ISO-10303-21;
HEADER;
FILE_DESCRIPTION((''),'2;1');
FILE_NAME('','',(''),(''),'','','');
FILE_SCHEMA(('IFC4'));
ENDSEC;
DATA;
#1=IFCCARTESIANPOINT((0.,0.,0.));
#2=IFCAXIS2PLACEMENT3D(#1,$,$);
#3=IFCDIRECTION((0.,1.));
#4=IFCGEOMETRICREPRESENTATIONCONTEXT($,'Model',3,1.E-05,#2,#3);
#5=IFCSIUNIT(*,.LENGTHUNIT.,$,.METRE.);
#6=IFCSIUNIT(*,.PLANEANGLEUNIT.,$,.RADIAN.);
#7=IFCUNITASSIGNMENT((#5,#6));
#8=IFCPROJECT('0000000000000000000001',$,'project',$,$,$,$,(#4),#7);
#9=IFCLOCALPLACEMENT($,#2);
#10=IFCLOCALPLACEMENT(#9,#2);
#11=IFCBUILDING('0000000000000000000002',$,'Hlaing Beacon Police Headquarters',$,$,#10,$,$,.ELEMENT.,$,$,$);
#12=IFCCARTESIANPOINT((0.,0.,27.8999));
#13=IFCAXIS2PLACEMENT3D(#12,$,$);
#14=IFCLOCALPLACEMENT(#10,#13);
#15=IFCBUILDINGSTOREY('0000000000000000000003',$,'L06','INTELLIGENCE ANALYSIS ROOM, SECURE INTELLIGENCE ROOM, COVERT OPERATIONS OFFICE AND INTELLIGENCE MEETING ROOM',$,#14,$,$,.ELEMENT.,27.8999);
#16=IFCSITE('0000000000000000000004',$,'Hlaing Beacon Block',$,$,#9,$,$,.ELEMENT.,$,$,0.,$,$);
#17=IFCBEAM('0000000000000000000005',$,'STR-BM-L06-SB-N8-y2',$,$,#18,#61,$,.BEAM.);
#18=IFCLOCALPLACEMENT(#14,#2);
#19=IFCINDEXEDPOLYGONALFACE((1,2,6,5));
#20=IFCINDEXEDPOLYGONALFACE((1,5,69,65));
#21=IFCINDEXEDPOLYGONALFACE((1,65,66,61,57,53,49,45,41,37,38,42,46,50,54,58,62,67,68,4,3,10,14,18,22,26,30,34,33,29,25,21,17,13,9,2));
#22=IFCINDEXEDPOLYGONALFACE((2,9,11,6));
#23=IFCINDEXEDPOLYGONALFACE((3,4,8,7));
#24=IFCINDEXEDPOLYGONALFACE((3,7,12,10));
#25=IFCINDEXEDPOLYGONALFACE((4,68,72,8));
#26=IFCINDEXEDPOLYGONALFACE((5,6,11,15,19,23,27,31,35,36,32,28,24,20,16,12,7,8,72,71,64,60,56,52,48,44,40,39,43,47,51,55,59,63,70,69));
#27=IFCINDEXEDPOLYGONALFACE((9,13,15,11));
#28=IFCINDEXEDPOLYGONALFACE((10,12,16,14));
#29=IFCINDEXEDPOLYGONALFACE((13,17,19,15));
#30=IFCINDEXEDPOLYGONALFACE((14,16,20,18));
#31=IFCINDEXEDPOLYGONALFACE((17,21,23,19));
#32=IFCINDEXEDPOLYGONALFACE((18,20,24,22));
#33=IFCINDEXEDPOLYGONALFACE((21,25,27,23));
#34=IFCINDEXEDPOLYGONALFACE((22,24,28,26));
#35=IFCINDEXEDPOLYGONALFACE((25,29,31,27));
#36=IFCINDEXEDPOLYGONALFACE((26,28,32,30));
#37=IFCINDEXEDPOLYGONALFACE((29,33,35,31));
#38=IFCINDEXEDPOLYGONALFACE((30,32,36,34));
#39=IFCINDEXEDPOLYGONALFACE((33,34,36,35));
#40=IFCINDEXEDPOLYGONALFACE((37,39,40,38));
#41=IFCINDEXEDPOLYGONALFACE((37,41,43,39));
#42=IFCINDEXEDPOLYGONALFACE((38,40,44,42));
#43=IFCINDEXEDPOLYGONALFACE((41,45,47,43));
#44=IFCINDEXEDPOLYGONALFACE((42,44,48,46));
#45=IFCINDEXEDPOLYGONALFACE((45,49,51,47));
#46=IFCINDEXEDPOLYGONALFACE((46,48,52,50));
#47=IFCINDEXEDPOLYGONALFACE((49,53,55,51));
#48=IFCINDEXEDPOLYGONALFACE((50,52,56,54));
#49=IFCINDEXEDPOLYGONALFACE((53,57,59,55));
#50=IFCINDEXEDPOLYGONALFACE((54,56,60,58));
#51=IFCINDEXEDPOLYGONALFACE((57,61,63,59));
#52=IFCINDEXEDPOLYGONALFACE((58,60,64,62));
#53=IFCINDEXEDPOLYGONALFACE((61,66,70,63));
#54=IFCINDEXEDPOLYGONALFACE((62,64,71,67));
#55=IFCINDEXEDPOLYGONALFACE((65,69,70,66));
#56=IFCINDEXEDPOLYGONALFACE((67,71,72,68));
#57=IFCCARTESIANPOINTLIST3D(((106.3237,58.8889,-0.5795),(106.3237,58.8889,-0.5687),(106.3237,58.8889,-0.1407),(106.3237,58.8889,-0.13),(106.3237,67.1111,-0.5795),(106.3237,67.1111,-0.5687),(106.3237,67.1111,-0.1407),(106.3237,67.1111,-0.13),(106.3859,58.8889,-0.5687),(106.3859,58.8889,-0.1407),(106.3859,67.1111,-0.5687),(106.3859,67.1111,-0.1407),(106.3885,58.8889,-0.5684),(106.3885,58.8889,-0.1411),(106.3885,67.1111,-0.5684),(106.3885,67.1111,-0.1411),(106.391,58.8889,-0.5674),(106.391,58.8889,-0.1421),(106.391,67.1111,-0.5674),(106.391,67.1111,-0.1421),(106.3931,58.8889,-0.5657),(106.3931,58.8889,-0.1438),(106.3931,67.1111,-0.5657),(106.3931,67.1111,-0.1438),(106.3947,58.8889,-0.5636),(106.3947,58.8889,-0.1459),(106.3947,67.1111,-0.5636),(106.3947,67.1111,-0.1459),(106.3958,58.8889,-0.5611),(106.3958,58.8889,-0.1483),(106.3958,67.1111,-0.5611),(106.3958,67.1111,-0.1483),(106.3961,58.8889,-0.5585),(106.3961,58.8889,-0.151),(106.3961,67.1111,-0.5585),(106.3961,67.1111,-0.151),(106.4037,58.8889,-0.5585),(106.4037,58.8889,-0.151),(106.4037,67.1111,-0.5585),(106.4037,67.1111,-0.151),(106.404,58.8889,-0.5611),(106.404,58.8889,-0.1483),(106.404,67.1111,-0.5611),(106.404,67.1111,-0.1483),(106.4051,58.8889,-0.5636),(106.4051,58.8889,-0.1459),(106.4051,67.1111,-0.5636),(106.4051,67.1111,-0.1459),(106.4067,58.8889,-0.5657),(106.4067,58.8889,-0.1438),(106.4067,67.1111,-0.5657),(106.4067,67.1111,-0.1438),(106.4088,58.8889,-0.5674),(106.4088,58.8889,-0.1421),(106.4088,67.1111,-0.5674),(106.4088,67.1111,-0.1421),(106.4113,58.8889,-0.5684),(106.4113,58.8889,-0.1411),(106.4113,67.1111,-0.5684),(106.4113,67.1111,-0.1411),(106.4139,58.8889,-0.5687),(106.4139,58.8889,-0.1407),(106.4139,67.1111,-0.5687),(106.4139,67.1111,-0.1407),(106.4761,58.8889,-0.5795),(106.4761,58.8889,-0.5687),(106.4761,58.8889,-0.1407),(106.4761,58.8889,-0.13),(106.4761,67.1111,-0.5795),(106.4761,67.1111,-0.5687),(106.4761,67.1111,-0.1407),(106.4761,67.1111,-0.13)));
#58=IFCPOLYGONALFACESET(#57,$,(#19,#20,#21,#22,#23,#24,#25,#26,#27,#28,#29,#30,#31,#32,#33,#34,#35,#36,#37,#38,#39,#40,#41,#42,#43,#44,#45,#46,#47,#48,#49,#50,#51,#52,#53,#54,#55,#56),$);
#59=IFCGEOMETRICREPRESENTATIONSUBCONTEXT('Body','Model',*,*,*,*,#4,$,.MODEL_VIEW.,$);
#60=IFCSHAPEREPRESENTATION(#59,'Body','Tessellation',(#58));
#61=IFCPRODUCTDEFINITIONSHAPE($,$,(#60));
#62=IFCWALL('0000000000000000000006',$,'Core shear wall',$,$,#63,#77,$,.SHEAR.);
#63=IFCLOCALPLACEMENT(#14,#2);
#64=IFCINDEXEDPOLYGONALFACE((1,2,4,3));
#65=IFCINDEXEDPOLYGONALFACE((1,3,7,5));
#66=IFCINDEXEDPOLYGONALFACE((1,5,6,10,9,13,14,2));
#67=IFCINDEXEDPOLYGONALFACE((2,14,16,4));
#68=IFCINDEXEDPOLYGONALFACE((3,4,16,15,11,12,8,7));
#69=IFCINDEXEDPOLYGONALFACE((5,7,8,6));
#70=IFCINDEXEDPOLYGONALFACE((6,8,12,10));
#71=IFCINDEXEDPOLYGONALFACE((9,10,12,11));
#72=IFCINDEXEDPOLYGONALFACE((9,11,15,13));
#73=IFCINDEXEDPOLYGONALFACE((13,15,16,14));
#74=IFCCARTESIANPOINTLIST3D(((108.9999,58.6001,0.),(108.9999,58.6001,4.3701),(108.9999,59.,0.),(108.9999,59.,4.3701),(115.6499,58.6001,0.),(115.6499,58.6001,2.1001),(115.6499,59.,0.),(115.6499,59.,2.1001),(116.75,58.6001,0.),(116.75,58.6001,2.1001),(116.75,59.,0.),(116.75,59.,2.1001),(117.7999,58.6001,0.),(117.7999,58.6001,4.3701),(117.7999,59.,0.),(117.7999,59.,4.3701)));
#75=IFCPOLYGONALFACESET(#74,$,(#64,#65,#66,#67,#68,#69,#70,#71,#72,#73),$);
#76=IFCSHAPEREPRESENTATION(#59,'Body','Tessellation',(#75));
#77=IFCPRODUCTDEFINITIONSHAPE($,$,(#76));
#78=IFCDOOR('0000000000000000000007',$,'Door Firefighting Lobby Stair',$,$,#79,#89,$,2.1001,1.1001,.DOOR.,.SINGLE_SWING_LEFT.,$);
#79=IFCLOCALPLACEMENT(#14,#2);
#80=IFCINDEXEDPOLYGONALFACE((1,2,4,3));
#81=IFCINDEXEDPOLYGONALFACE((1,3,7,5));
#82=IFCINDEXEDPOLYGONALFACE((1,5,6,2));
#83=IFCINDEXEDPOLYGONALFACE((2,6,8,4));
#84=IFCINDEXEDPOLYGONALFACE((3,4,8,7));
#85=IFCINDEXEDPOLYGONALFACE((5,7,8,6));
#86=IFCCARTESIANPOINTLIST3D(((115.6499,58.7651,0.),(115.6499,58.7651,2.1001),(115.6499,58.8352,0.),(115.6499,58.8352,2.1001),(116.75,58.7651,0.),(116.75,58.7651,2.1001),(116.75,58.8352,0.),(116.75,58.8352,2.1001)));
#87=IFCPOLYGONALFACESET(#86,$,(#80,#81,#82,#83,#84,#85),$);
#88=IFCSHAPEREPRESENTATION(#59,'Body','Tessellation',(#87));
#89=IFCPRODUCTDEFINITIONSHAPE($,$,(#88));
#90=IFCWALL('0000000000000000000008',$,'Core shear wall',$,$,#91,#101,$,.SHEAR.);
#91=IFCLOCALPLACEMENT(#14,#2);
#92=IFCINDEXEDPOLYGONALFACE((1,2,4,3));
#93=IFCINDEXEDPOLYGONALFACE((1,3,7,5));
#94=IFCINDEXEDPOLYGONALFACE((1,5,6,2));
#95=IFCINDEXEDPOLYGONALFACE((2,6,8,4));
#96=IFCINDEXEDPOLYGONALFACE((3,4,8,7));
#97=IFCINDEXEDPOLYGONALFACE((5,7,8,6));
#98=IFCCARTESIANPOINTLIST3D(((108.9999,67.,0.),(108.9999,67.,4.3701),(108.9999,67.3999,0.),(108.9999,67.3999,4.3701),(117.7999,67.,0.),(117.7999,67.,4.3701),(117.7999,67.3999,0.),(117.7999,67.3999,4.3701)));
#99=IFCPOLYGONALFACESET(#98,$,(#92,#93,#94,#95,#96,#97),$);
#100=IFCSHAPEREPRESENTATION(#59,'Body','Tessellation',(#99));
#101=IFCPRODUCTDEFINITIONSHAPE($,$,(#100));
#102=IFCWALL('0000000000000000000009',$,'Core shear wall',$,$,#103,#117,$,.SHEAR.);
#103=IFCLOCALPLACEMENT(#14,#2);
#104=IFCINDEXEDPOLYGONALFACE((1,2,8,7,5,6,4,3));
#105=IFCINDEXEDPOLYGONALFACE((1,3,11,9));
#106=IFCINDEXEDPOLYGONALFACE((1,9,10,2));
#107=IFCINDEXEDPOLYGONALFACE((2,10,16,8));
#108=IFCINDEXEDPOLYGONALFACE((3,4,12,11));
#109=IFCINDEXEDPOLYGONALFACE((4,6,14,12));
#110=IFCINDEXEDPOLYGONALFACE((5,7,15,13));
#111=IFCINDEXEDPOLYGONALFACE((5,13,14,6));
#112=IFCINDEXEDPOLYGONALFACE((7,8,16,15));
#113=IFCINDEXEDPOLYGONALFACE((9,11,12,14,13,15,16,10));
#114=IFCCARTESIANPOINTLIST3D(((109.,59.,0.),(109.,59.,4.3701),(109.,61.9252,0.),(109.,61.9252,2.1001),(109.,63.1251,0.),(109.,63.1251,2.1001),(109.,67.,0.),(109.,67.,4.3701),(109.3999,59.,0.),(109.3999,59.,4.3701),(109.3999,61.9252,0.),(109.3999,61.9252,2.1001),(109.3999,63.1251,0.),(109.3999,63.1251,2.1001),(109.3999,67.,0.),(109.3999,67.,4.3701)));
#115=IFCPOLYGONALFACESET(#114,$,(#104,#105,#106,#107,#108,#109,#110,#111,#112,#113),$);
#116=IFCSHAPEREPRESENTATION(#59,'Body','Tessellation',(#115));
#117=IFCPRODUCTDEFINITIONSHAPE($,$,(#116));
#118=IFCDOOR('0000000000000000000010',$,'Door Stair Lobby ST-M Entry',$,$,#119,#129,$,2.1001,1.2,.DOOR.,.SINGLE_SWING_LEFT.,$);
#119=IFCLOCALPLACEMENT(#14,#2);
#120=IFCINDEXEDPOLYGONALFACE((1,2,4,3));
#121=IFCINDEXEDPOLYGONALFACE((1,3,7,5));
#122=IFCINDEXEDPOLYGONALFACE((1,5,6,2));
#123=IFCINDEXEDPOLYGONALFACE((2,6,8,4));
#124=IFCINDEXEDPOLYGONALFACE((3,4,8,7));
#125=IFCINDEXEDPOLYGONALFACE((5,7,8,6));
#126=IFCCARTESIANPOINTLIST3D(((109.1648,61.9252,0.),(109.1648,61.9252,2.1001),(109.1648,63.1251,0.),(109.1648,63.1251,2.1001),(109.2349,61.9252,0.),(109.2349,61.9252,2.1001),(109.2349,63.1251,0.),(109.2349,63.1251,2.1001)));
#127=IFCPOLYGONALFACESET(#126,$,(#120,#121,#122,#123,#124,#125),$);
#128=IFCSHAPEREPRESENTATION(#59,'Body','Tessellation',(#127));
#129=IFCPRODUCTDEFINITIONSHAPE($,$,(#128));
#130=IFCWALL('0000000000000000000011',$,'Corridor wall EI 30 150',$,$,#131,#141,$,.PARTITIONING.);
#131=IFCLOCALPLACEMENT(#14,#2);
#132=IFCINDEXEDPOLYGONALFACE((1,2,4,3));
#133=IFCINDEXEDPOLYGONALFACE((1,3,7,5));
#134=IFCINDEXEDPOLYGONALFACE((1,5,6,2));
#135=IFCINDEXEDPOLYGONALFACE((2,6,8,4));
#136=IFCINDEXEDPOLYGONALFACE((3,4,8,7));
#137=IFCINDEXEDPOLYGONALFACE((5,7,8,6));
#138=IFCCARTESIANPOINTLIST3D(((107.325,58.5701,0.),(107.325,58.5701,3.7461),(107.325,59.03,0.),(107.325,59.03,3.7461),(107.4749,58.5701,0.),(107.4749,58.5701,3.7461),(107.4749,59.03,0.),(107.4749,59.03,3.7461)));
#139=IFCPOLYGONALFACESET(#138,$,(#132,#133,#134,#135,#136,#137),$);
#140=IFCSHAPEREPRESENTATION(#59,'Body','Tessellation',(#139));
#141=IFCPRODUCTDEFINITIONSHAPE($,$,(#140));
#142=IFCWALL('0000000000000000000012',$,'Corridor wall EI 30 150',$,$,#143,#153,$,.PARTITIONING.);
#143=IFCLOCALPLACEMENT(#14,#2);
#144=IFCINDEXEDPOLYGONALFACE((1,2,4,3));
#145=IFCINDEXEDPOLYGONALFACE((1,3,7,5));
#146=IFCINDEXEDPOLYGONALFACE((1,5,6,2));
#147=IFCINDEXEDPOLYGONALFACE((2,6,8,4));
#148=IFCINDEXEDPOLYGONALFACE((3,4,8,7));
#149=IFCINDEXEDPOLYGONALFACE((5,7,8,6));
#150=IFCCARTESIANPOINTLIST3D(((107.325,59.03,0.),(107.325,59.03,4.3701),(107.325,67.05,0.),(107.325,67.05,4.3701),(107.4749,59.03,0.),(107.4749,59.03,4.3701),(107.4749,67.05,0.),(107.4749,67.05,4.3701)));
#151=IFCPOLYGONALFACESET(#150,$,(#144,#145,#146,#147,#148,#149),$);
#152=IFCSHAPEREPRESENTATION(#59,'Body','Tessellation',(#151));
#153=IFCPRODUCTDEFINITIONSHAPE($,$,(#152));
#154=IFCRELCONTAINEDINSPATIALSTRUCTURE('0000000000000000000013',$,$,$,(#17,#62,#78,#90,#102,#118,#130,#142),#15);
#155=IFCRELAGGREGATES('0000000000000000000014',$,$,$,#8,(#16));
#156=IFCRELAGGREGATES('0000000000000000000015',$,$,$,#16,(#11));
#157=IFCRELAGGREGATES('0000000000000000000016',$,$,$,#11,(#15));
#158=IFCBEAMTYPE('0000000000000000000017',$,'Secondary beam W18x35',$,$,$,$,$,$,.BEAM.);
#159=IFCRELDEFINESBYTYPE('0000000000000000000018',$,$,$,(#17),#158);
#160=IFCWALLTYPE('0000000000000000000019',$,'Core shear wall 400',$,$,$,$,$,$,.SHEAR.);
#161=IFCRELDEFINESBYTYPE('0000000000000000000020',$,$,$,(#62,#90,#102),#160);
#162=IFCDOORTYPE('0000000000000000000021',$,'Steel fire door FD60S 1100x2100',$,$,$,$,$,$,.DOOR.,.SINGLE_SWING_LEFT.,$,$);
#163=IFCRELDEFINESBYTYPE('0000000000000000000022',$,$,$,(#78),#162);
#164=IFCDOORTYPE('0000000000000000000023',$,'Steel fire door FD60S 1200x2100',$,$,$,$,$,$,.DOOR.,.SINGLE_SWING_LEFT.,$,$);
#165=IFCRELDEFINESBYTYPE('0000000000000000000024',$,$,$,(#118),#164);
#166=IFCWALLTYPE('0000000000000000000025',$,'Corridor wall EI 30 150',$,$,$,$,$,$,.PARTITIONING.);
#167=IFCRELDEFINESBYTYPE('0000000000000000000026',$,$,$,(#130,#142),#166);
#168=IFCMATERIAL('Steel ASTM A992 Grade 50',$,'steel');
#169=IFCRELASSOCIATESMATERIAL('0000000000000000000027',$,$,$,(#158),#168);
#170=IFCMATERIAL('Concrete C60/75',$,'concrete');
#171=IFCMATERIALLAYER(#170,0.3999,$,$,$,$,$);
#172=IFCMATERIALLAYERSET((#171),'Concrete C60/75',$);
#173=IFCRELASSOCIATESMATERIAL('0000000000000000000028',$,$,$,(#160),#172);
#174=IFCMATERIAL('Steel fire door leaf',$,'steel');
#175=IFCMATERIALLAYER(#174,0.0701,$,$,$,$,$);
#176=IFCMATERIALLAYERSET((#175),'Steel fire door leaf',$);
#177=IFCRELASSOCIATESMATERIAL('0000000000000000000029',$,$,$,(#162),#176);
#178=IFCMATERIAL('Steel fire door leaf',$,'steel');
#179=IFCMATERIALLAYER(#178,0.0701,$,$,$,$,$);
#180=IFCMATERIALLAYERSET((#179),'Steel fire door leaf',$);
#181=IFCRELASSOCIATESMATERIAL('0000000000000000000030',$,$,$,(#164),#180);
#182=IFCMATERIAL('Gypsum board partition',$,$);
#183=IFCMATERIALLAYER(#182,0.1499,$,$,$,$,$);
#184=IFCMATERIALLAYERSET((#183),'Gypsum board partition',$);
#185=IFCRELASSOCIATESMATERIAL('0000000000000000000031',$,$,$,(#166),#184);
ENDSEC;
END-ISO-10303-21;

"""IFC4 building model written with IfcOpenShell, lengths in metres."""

from ifc_helpers import new_model, si_unit, direction, frame, frame_2d, origin, origin_2d, place, context, subcontext, project, spatial, rectangle, i_section, extrude, material, layer, layer_set, material_profile, profile_set, type_object, element, fill, save


model = new_model("IFC4")

# Units and contexts
model_context = context("Model", 3, precision=1e-05, world=origin(), true_north=direction((0.0, 1.0)))
body_context = subcontext(model_context, "Body", "Model", "MODEL_VIEW")
ifc_project = project(units=[si_unit("LENGTHUNIT", "METRE"), si_unit("PLANEANGLEUNIT", "RADIAN")], contexts=[model_context])

# Site, building, storey
site_placement = place(None, origin())
site = spatial("IfcSite", under=ifc_project, at=site_placement, Name="Hlaing Beacon Block", CompositionType="ELEMENT", RefElevation=0.0)
building_placement = place(site_placement, origin())
building = spatial("IfcBuilding", under=site, at=building_placement, Name="Hlaing Beacon Police Headquarters", CompositionType="ELEMENT")
storey_placement = place(building_placement, frame((0.0, 0.0, 27.8999)))
storey = spatial("IfcBuildingStorey", under=building, at=storey_placement, Name="L06", Description="INTELLIGENCE ANALYSIS ROOM, SECURE INTELLIGENCE ROOM, COVERT OPERATIONS OFFICE AND INTELLIGENCE MEETING ROOM", CompositionType="ELEMENT", Elevation=27.8999)

# Beam
ifc_material_1 = material(Name="Steel ASTM A992 Grade 50", Category="steel")
ifc_material_profile = material_profile(ifc_material_1, i_section(OverallWidth=0.1523, OverallDepth=0.4495, WebThickness=0.0076, FlangeThickness=0.0107, FilletRadius=0.0103, at=origin_2d()), Name="W18x35")
ifc_profile_set = profile_set([ifc_material_profile], Name="Steel ASTM A992 Grade 50")
beam_type = type_object("IfcBeamType", Name="Secondary beam W18x35", PredefinedType="BEAM", material=ifc_profile_set)
beam_placement = place(storey_placement, frame((106.3999, 58.8889, -0.3547), z_axis=(0.0, 1.0, 0.0), x_axis=(-1.0, 0.0, 0.0)))
element("IfcBeam", 1, at=beam_placement, inside=storey, type_object=beam_type, Name="STR-BM-L06-SB-N8-y2", PredefinedType="BEAM", context=body_context, shape_type="SweptSolid", body=[
    extrude(i_section(OverallWidth=0.1523, OverallDepth=0.4495, WebThickness=0.0076, FlangeThickness=0.0107, FilletRadius=0.0103, at=origin_2d()), origin(), (0.0, 0.0, 1.0), 8.2222),
])

# Wall, opening, door
ifc_material_2 = material(Name="Concrete C60/75", Category="concrete")
ifc_layer_1 = layer(ifc_material_2, 0.3999)
ifc_layer_set_1 = layer_set([ifc_layer_1], Name="Concrete C60/75")
wall_type_1 = type_object("IfcWallType", Name="Core shear wall 400", PredefinedType="SHEAR", material=ifc_layer_set_1)
wall_1_placement = place(storey_placement, frame((109.0, 58.8, 0.0), z_axis=(0.0, 0.0, 1.0), x_axis=(1.0, 0.0, 0.0)))
wall_1 = element("IfcWall", 2, at=wall_1_placement, inside=storey, type_object=wall_type_1, Name="Core shear wall", PredefinedType="SHEAR", context=body_context, shape_type="SweptSolid", body=[
    extrude(rectangle(XDim=8.8, YDim=0.3999, at=frame_2d((4.3999, 0.0))), origin(), (0.0, 0.0, 1.0), 4.3701),
])
opening_1_placement = place(wall_1_placement, frame((6.6499, 0.0, 0.0)))
opening_1 = element("IfcOpeningElement", 3, at=opening_1_placement, cuts=wall_1, PredefinedType="OPENING", context=body_context, shape_type="SweptSolid", body=[
    extrude(rectangle(XDim=1.1001, YDim=2.1001, at=frame_2d((0.55, 1.05))), frame((0.0, 0.21, 0.0), z_axis=(0.0, -1.0, 0.0), x_axis=(1.0, 0.0, 0.0)), (0.0, 0.0, 1.0), 0.4199),
])
ifc_material_3 = material(Name="Steel fire door leaf", Category="steel")
ifc_layer_2 = layer(ifc_material_3, 0.0701)
ifc_layer_set_2 = layer_set([ifc_layer_2], Name="Steel fire door leaf")
door_type_1 = type_object("IfcDoorType", Name="Steel fire door FD60S 1100x2100", OperationType="SINGLE_SWING_LEFT", PredefinedType="DOOR", material=ifc_layer_set_2)
door_1_placement = place(opening_1_placement, origin())
door_1 = element("IfcDoor", 4, at=door_1_placement, inside=storey, type_object=door_type_1, Name="Door Firefighting Lobby Stair", OperationType="SINGLE_SWING_LEFT", OverallHeight=2.1001, OverallWidth=1.1001, PredefinedType="DOOR", context=body_context, shape_type="SweptSolid", body=[
    extrude(rectangle(XDim=1.1001, YDim=2.1001, at=frame_2d((0.55, 1.05))), frame((0.0, 0.0352, 0.0), z_axis=(0.0, -1.0, 0.0), x_axis=(1.0, 0.0, 0.0)), (0.0, 0.0, 1.0), 0.0701),
])
fill(opening_1, door_1)

# Wall
wall_2_placement = place(storey_placement, frame((109.0, 67.2, 0.0), z_axis=(0.0, 0.0, 1.0), x_axis=(1.0, 0.0, 0.0)))
element("IfcWall", 5, at=wall_2_placement, inside=storey, type_object=wall_type_1, Name="Core shear wall", PredefinedType="SHEAR", context=body_context, shape_type="SweptSolid", body=[
    extrude(rectangle(XDim=8.8, YDim=0.3999, at=frame_2d((4.3999, 0.0))), origin(), (0.0, 0.0, 1.0), 4.3701),
])

# Wall, opening, door
wall_3_placement = place(storey_placement, frame((109.2, 59.0, 0.0), z_axis=(0.0, 0.0, 1.0), x_axis=(0.0, 1.0, 0.0)))
wall_3 = element("IfcWall", 6, at=wall_3_placement, inside=storey, type_object=wall_type_1, Name="Core shear wall", PredefinedType="SHEAR", context=body_context, shape_type="SweptSolid", body=[
    extrude(rectangle(XDim=8.0, YDim=0.3999, at=frame_2d((4.0, 0.0))), origin(), (0.0, 0.0, 1.0), 4.3701),
])
opening_2_placement = place(wall_3_placement, frame((2.925, 0.0, 0.0)))
opening_2 = element("IfcOpeningElement", 7, at=opening_2_placement, cuts=wall_3, PredefinedType="OPENING", context=body_context, shape_type="SweptSolid", body=[
    extrude(rectangle(XDim=1.2, YDim=2.1001, at=frame_2d((0.6001, 1.05))), frame((0.0, 0.21, 0.0), z_axis=(0.0, -1.0, 0.0), x_axis=(1.0, 0.0, 0.0)), (0.0, 0.0, 1.0), 0.4199),
])
ifc_material_4 = material(Name="Steel fire door leaf", Category="steel")
ifc_layer_3 = layer(ifc_material_4, 0.0701)
ifc_layer_set_3 = layer_set([ifc_layer_3], Name="Steel fire door leaf")
door_type_2 = type_object("IfcDoorType", Name="Steel fire door FD60S 1200x2100", OperationType="SINGLE_SWING_LEFT", PredefinedType="DOOR", material=ifc_layer_set_3)
door_2_placement = place(opening_2_placement, frame((1.2, 0.0, 0.0), z_axis=(0.0, 0.0, 1.0), x_axis=(-1.0, 0.0, 0.0)))
door_2 = element("IfcDoor", 8, at=door_2_placement, inside=storey, type_object=door_type_2, Name="Door Stair Lobby ST-M Entry", OperationType="SINGLE_SWING_LEFT", OverallHeight=2.1001, OverallWidth=1.2, PredefinedType="DOOR", context=body_context, shape_type="SweptSolid", body=[
    extrude(rectangle(XDim=1.2, YDim=2.1001, at=frame_2d((0.5999, 1.05))), frame((0.0, 0.0349, 0.0), z_axis=(0.0, -1.0, 0.0), x_axis=(1.0, 0.0, 0.0)), (0.0, 0.0, 1.0), 0.0701),
])
fill(opening_2, door_2)

# Walls
ifc_material_5 = material(Name="Gypsum board partition")
ifc_layer_4 = layer(ifc_material_5, 0.1499)
ifc_layer_set_4 = layer_set([ifc_layer_4], Name="Gypsum board partition")
wall_type_2 = type_object("IfcWallType", Name="Corridor wall EI 30 150", PredefinedType="PARTITIONING", material=ifc_layer_set_4)
wall_4_placement = place(storey_placement, frame((107.3999, 58.5701, 0.0), z_axis=(0.0, 0.0, 1.0), x_axis=(0.0, 1.0, 0.0)))
element("IfcWall", 9, at=wall_4_placement, inside=storey, type_object=wall_type_2, Name="Corridor wall EI 30 150", PredefinedType="PARTITIONING", context=body_context, shape_type="SweptSolid", body=[
    extrude(rectangle(XDim=0.46, YDim=0.1499, at=frame_2d((0.23, 0.0))), origin(), (0.0, 0.0, 1.0), 3.7461),
])
wall_5_placement = place(storey_placement, frame((107.3999, 59.03, 0.0), z_axis=(0.0, 0.0, 1.0), x_axis=(0.0, 1.0, 0.0)))
element("IfcWall", 10, at=wall_5_placement, inside=storey, type_object=wall_type_2, Name="Corridor wall EI 30 150", PredefinedType="PARTITIONING", context=body_context, shape_type="SweptSolid", body=[
    extrude(rectangle(XDim=8.02, YDim=0.1499, at=frame_2d((4.01, 0.0))), origin(), (0.0, 0.0, 1.0), 4.3701),
])

save(model, "model.ifc")
